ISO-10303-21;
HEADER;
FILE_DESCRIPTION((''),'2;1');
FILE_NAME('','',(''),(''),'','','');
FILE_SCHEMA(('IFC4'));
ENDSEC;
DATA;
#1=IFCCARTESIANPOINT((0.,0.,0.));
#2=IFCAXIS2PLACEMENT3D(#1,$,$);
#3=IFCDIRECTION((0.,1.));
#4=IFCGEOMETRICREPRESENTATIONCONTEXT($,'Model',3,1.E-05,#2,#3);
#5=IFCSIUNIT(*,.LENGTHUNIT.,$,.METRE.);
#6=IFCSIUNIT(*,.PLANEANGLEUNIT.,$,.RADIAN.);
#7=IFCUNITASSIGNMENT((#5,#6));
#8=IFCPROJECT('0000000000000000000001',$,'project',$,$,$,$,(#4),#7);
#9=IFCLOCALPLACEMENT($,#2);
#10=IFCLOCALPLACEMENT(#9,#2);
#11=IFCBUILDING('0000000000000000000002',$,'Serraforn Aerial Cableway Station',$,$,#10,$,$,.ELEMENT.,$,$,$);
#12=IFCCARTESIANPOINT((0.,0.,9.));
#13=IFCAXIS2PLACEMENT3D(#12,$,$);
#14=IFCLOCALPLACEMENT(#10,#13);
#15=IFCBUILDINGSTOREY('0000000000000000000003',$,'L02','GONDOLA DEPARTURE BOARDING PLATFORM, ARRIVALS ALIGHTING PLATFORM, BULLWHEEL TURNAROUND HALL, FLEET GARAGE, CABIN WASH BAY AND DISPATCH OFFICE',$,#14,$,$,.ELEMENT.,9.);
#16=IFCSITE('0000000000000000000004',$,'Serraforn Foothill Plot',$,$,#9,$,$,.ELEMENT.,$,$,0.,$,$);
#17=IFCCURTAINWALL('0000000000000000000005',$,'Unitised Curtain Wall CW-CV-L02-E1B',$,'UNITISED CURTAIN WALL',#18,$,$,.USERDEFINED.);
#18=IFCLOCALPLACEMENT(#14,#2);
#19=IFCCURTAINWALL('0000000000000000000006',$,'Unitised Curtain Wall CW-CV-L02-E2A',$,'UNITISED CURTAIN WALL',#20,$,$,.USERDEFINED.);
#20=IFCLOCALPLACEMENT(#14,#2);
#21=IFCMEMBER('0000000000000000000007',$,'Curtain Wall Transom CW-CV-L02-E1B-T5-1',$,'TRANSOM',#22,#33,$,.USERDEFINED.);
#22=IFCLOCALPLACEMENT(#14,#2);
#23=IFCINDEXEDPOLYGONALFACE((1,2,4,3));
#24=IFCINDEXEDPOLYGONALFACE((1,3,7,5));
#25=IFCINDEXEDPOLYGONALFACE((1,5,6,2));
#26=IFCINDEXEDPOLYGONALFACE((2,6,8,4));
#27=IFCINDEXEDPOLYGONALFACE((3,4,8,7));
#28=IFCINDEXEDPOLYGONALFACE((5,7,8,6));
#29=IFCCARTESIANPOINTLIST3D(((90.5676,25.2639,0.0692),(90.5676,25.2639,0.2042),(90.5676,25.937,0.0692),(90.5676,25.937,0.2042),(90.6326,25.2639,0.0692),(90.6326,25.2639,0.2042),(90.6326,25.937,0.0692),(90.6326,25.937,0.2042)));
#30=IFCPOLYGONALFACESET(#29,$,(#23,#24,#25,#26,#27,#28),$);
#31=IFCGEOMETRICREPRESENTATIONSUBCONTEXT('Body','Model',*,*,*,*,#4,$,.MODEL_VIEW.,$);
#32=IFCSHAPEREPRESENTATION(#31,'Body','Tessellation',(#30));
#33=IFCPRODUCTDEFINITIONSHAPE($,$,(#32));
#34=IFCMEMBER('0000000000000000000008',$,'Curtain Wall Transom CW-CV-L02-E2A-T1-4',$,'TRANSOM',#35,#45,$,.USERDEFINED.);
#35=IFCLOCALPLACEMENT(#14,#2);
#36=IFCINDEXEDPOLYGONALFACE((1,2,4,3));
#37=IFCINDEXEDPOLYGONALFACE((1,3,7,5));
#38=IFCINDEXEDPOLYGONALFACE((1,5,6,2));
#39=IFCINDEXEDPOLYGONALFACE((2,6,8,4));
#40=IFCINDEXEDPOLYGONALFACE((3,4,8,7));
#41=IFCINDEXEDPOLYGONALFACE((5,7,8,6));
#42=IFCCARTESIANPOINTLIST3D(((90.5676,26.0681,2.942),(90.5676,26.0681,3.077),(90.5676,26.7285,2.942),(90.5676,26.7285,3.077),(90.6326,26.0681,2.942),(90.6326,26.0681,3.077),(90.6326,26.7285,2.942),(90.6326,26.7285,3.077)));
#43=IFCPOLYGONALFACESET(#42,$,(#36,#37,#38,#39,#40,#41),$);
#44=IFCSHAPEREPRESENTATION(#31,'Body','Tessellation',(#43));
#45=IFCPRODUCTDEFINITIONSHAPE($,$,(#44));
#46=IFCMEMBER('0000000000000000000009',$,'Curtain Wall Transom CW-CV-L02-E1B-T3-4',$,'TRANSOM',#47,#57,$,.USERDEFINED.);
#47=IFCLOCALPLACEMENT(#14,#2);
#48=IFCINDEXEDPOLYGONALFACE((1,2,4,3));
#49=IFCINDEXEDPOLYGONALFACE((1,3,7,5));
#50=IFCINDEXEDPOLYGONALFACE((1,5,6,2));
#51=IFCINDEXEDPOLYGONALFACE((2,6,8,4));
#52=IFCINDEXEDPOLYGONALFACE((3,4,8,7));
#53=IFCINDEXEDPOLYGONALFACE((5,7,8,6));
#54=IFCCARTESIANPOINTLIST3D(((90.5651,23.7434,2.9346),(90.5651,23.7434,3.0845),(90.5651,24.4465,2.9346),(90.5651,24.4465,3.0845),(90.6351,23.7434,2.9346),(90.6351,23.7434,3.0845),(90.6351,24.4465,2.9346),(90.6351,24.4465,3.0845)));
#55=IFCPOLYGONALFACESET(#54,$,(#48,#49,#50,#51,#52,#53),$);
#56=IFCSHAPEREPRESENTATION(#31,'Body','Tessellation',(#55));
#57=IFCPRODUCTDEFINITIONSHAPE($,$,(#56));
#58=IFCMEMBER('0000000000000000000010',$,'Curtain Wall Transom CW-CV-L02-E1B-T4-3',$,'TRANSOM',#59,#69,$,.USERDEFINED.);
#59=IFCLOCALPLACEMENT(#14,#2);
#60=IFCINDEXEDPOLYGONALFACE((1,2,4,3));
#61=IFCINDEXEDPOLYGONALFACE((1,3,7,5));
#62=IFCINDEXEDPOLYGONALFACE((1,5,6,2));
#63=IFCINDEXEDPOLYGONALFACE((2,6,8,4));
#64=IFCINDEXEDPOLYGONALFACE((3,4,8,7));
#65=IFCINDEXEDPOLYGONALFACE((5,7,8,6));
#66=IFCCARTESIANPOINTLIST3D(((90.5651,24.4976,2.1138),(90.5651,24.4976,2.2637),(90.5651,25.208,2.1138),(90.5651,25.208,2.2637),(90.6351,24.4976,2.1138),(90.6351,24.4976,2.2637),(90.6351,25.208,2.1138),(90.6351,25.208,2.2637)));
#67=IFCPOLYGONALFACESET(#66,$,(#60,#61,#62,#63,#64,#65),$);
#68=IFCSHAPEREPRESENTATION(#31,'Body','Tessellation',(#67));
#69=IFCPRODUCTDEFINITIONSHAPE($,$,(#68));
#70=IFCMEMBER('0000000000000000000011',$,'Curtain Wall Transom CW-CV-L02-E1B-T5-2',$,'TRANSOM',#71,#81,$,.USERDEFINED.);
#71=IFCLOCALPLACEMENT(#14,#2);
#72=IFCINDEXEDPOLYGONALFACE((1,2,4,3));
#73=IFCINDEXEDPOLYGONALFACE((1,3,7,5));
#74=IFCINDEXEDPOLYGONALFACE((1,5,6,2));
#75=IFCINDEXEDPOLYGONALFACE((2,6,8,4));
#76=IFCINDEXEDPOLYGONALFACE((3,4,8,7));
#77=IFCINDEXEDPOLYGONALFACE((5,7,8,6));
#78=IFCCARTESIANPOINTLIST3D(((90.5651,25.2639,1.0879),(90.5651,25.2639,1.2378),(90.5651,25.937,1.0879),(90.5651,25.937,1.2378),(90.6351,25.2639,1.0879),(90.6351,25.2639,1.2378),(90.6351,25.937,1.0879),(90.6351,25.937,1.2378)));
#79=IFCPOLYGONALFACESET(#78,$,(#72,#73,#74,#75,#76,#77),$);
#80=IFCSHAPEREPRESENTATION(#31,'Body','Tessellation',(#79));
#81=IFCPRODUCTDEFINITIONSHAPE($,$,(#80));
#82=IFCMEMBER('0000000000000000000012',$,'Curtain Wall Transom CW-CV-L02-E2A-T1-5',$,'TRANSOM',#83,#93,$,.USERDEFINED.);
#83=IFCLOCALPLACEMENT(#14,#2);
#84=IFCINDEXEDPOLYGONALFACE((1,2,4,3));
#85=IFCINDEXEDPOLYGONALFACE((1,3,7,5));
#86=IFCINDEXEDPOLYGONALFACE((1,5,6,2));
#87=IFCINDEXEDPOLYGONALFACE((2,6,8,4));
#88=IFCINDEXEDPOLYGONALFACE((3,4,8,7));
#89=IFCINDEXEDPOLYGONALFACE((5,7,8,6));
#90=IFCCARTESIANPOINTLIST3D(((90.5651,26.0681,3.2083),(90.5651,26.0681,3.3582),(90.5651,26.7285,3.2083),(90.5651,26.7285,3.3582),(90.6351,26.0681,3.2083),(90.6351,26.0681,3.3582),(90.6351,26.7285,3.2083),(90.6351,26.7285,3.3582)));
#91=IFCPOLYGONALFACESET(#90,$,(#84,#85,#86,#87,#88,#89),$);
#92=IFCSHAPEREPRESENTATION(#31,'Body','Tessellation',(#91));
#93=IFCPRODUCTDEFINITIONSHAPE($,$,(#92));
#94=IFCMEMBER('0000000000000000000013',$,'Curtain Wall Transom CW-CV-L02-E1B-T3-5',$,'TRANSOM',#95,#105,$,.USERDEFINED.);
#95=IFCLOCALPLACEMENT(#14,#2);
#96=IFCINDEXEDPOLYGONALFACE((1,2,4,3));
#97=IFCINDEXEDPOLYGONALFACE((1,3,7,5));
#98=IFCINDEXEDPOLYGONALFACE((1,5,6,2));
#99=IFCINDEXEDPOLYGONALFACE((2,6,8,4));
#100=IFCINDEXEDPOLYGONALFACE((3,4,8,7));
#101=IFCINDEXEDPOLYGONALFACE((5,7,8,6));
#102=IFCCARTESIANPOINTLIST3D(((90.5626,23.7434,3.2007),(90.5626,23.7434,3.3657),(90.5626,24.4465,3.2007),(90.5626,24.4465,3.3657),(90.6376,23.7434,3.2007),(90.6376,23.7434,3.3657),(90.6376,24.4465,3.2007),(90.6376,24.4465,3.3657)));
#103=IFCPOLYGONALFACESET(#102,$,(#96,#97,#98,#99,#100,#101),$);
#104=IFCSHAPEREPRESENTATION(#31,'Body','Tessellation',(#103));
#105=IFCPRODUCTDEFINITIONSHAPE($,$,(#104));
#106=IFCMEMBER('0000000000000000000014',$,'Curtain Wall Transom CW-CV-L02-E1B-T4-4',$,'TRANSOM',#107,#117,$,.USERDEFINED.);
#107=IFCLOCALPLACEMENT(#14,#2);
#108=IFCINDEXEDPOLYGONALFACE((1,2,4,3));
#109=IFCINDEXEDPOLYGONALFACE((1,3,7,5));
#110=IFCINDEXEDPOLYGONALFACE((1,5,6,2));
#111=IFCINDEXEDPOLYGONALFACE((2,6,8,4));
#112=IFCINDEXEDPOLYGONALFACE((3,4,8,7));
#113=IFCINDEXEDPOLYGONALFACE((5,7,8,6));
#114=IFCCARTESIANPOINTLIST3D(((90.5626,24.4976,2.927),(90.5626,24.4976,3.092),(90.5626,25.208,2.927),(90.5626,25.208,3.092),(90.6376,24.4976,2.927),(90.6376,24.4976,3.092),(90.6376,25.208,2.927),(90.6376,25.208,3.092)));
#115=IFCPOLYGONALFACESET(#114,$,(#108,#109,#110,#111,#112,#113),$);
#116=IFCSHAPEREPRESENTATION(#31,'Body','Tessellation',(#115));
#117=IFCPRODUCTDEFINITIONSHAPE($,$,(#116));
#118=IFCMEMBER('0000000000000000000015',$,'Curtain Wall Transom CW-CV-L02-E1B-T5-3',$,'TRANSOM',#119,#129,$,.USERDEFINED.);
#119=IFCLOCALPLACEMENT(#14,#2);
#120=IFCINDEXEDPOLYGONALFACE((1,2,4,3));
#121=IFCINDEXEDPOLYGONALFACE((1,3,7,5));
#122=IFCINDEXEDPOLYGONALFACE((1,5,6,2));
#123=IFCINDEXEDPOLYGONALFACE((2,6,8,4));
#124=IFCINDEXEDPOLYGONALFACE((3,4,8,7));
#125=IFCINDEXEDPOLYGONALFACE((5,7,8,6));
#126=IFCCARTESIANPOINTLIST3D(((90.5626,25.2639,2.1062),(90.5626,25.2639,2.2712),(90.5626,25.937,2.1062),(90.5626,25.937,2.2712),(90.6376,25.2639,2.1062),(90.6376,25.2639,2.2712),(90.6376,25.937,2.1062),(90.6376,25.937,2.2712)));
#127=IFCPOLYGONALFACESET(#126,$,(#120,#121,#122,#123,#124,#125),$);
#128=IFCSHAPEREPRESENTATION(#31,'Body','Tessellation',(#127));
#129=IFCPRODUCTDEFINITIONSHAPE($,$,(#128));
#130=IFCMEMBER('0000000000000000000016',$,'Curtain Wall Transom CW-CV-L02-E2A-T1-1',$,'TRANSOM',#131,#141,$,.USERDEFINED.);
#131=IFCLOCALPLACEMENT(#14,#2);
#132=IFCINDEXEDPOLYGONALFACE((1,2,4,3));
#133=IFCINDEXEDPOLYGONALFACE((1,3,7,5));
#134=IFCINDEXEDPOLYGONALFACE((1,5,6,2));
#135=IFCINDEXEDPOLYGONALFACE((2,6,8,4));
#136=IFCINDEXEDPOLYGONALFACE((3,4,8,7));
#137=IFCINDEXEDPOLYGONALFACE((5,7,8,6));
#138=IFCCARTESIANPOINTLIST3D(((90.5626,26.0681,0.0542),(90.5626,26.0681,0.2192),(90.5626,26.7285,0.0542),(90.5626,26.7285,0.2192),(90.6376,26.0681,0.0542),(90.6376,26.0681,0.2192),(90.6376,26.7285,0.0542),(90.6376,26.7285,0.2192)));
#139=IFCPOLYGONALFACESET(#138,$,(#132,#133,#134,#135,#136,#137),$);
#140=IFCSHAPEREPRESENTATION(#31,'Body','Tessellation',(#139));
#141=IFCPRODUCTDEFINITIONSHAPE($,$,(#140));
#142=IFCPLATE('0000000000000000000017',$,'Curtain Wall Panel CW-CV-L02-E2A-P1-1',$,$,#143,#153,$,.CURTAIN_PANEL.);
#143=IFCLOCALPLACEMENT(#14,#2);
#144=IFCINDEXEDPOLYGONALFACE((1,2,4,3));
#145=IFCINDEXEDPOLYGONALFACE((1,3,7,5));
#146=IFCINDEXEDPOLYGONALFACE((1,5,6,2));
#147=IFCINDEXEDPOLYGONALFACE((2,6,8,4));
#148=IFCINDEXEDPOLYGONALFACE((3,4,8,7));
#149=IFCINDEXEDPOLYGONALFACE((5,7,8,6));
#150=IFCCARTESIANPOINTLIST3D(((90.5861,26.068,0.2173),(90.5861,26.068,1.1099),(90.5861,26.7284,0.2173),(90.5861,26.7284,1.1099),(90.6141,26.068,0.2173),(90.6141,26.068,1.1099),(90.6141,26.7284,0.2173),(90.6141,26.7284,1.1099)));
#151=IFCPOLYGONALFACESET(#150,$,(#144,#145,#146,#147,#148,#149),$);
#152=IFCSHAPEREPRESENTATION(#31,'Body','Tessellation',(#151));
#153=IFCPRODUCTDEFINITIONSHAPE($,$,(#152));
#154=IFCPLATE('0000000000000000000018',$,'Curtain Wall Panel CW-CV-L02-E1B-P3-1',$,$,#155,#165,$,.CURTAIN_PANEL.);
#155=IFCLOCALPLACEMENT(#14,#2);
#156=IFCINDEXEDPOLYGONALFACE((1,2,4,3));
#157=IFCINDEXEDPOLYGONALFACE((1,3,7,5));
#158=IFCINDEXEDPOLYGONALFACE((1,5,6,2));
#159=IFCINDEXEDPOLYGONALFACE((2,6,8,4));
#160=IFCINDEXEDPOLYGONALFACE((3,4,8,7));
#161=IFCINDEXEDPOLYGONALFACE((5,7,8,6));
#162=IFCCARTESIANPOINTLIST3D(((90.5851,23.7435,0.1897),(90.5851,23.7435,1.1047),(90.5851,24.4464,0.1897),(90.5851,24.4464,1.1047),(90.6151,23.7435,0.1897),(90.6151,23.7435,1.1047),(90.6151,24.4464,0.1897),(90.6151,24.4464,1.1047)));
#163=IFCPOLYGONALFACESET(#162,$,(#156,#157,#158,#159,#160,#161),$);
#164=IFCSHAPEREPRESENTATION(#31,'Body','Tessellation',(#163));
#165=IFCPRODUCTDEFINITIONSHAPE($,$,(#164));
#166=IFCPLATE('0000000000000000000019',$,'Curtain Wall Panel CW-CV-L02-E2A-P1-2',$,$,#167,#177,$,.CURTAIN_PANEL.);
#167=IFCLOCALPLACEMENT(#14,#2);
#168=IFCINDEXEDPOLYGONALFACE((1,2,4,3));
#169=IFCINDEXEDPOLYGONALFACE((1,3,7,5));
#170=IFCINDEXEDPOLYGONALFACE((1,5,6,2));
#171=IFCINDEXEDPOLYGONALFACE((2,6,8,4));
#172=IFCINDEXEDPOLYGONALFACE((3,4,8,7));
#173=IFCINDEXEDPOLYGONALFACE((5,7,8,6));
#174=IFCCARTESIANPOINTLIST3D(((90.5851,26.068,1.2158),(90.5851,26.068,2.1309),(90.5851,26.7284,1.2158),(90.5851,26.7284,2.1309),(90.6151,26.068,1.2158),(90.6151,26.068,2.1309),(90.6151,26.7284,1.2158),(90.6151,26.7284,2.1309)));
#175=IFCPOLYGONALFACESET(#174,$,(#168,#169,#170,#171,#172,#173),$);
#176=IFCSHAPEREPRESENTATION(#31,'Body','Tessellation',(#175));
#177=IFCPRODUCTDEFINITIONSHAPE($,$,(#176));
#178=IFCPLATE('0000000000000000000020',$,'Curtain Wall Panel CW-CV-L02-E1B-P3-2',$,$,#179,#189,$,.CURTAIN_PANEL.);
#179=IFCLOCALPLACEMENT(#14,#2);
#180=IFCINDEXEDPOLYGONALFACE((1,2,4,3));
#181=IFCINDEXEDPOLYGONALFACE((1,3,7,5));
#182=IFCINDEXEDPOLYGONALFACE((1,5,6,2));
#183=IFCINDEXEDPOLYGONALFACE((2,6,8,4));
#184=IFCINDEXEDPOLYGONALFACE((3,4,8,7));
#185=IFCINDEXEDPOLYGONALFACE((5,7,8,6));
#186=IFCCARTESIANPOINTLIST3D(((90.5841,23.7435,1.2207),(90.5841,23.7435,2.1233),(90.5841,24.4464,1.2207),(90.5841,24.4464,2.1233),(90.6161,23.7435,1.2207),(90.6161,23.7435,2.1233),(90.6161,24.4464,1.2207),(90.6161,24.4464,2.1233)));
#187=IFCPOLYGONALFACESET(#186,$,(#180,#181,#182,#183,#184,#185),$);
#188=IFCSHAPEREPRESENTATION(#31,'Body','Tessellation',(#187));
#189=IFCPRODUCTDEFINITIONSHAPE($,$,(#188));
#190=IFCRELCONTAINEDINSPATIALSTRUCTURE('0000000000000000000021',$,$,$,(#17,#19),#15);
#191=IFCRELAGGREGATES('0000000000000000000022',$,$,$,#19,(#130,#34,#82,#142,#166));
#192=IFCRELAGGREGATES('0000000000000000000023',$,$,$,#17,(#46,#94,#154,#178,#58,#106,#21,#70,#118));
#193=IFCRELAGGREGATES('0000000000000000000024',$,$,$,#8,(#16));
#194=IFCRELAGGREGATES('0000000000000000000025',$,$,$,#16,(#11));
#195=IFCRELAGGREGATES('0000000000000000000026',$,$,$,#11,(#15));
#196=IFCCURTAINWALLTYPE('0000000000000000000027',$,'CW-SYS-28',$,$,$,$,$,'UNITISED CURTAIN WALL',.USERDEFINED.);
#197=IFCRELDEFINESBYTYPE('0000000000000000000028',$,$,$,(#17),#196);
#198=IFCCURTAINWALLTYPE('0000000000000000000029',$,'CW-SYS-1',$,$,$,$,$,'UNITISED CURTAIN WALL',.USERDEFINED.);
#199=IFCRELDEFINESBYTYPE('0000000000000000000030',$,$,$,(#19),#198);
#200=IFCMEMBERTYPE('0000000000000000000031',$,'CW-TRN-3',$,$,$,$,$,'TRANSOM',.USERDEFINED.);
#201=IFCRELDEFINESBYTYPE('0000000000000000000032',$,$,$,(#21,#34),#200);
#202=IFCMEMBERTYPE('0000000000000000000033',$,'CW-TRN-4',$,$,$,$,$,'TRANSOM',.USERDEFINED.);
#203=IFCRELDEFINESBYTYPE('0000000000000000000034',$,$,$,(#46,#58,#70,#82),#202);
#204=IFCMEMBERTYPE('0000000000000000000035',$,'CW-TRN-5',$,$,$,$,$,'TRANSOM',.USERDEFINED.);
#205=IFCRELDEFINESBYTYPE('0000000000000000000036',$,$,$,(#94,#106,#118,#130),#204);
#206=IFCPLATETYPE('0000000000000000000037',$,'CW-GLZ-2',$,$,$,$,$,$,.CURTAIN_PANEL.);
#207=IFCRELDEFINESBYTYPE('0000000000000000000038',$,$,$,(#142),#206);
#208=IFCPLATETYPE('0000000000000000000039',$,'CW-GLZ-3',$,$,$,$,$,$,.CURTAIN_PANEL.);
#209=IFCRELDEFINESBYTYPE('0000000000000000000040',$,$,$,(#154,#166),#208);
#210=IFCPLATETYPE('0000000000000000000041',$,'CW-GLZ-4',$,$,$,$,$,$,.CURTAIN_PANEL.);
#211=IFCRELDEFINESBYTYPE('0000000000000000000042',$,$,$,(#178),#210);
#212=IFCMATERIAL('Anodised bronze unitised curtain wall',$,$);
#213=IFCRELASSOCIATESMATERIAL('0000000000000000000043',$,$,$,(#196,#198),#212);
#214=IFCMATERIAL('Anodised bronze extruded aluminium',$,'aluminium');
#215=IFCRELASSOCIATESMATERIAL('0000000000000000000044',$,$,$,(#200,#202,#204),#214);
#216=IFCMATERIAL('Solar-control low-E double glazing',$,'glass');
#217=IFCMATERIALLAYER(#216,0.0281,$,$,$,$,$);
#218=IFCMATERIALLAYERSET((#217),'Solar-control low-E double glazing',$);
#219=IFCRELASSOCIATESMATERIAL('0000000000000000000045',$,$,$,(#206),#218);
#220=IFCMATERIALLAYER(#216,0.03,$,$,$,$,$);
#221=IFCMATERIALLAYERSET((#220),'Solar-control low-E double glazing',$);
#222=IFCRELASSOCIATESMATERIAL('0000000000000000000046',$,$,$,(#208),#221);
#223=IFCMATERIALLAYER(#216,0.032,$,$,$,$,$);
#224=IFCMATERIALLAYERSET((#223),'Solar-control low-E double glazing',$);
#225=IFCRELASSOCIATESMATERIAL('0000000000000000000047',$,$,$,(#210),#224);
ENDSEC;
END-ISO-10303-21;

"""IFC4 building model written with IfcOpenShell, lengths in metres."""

from ifc_helpers import new_model, si_unit, direction, frame, origin, origin_2d, place, context, subcontext, project, spatial, rectangle, extrude, material, layer, layer_set, material_profile, profile_set, type_object, element, aggregate, save


model = new_model("IFC4")

# Units and contexts
model_context = context("Model", 3, precision=1e-05, world=origin(), true_north=direction((0.0, 1.0)))
body_context = subcontext(model_context, "Body", "Model", "MODEL_VIEW")
ifc_project = project(units=[si_unit("LENGTHUNIT", "METRE"), si_unit("PLANEANGLEUNIT", "RADIAN")], contexts=[model_context])

# Site, building, storey
site_placement = place(None, origin())
site = spatial("IfcSite", under=ifc_project, at=site_placement, Name="Serraforn Foothill Plot", CompositionType="ELEMENT", RefElevation=0.0)
building_placement = place(site_placement, origin())
building = spatial("IfcBuilding", under=site, at=building_placement, Name="Serraforn Aerial Cableway Station", CompositionType="ELEMENT")
storey_placement = place(building_placement, frame((0.0, 0.0, 9.0)))
storey = spatial("IfcBuildingStorey", under=building, at=storey_placement, Name="L02", Description="GONDOLA DEPARTURE BOARDING PLATFORM, ARRIVALS ALIGHTING PLATFORM, BULLWHEEL TURNAROUND HALL, FLEET GARAGE, CABIN WASH BAY AND DISPATCH OFFICE", CompositionType="ELEMENT", Elevation=9.0)

# Curtain wall
ifc_material_1 = material(Name="Anodised bronze unitised curtain wall")
curtain_wall_type_1 = type_object("IfcCurtainWallType", Name="CW-SYS-28", ElementType="UNITISED CURTAIN WALL", PredefinedType="USERDEFINED", material=ifc_material_1)
curtain_wall_1_placement = place(storey_placement, origin())
curtain_wall_1 = element("IfcCurtainWall", 1, at=curtain_wall_1_placement, inside=storey, type_object=curtain_wall_type_1, Name="Unitised Curtain Wall CW-CV-L02-E1B", ObjectType="UNITISED CURTAIN WALL", PredefinedType="USERDEFINED")
ifc_material_2 = material(Name="Anodised bronze extruded aluminium", Category="aluminium")

# Curtain wall
curtain_wall_type_2 = type_object("IfcCurtainWallType", Name="CW-SYS-1", ElementType="UNITISED CURTAIN WALL", PredefinedType="USERDEFINED", material=ifc_material_1)
curtain_wall_2_placement = place(storey_placement, origin())
curtain_wall_2 = element("IfcCurtainWall", 2, at=curtain_wall_2_placement, inside=storey, type_object=curtain_wall_type_2, Name="Unitised Curtain Wall CW-CV-L02-E2A", ObjectType="UNITISED CURTAIN WALL", PredefinedType="USERDEFINED")

# Members
ifc_material_profile_1 = material_profile(ifc_material_2, rectangle(XDim=0.0649, YDim=0.135, at=origin_2d()), Name="CW TRANSOM 65x135")
ifc_profile_set_1 = profile_set([ifc_material_profile_1], Name="Anodised bronze extruded aluminium")
member_type_1 = type_object("IfcMemberType", Name="CW-TRN-3", ElementType="TRANSOM", PredefinedType="USERDEFINED", material=ifc_profile_set_1)
member_1_placement = place(storey_placement, frame((90.6001, 25.2639, 0.1367), z_axis=(0.0, 1.0, 0.0), x_axis=(-1.0, 0.0, 0.0)))
member_1 = element("IfcMember", 3, at=member_1_placement, type_object=member_type_1, Name="Curtain Wall Transom CW-CV-L02-E1B-T5-1", ObjectType="TRANSOM", PredefinedType="USERDEFINED", context=body_context, shape_type="SweptSolid", body=[
    extrude(rectangle(XDim=0.0649, YDim=0.135, at=origin_2d()), origin(), (0.0, 0.0, 1.0), 0.6731),
])
member_2_placement = place(storey_placement, frame((90.6001, 26.0681, 3.0095), z_axis=(0.0, 1.0, 0.0), x_axis=(-1.0, 0.0, 0.0)))
member_2 = element("IfcMember", 4, at=member_2_placement, type_object=member_type_1, Name="Curtain Wall Transom CW-CV-L02-E2A-T1-4", ObjectType="TRANSOM", PredefinedType="USERDEFINED", context=body_context, shape_type="SweptSolid", body=[
    extrude(rectangle(XDim=0.0649, YDim=0.135, at=origin_2d()), origin(), (0.0, 0.0, 1.0), 0.6604),
])
ifc_material_profile_2 = material_profile(ifc_material_2, rectangle(XDim=0.0701, YDim=0.1499, at=origin_2d()), Name="CW TRANSOM 70x150")
ifc_profile_set_2 = profile_set([ifc_material_profile_2], Name="Anodised bronze extruded aluminium")
member_type_2 = type_object("IfcMemberType", Name="CW-TRN-4", ElementType="TRANSOM", PredefinedType="USERDEFINED", material=ifc_profile_set_2)
member_3_placement = place(storey_placement, frame((90.6001, 23.7434, 3.0095), z_axis=(0.0, 1.0, 0.0), x_axis=(-1.0, 0.0, 0.0)))
member_3 = element("IfcMember", 5, at=member_3_placement, type_object=member_type_2, Name="Curtain Wall Transom CW-CV-L02-E1B-T3-4", ObjectType="TRANSOM", PredefinedType="USERDEFINED", context=body_context, shape_type="SweptSolid", body=[
    extrude(rectangle(XDim=0.0701, YDim=0.1499, at=origin_2d()), origin(), (0.0, 0.0, 1.0), 0.7031),
])
member_4_placement = place(storey_placement, frame((90.6001, 24.4976, 2.1887), z_axis=(0.0, 1.0, 0.0), x_axis=(-1.0, 0.0, 0.0)))
member_4 = element("IfcMember", 6, at=member_4_placement, type_object=member_type_2, Name="Curtain Wall Transom CW-CV-L02-E1B-T4-3", ObjectType="TRANSOM", PredefinedType="USERDEFINED", context=body_context, shape_type="SweptSolid", body=[
    extrude(rectangle(XDim=0.0701, YDim=0.1499, at=origin_2d()), origin(), (0.0, 0.0, 1.0), 0.7104),
])
member_5_placement = place(storey_placement, frame((90.6001, 25.2639, 1.1628), z_axis=(0.0, 1.0, 0.0), x_axis=(-1.0, 0.0, 0.0)))
member_5 = element("IfcMember", 7, at=member_5_placement, type_object=member_type_2, Name="Curtain Wall Transom CW-CV-L02-E1B-T5-2", ObjectType="TRANSOM", PredefinedType="USERDEFINED", context=body_context, shape_type="SweptSolid", body=[
    extrude(rectangle(XDim=0.0701, YDim=0.1499, at=origin_2d()), origin(), (0.0, 0.0, 1.0), 0.6731),
])
member_6_placement = place(storey_placement, frame((90.6001, 26.0681, 3.2832), z_axis=(0.0, 1.0, 0.0), x_axis=(-1.0, 0.0, 0.0)))
member_6 = element("IfcMember", 8, at=member_6_placement, type_object=member_type_2, Name="Curtain Wall Transom CW-CV-L02-E2A-T1-5", ObjectType="TRANSOM", PredefinedType="USERDEFINED", context=body_context, shape_type="SweptSolid", body=[
    extrude(rectangle(XDim=0.0701, YDim=0.1499, at=origin_2d()), origin(), (0.0, 0.0, 1.0), 0.6604),
])
ifc_material_profile_3 = material_profile(ifc_material_2, rectangle(XDim=0.075, YDim=0.165, at=origin_2d()), Name="CW TRANSOM 75x165")
ifc_profile_set_3 = profile_set([ifc_material_profile_3], Name="Anodised bronze extruded aluminium")
member_type_3 = type_object("IfcMemberType", Name="CW-TRN-5", ElementType="TRANSOM", PredefinedType="USERDEFINED", material=ifc_profile_set_3)
member_7_placement = place(storey_placement, frame((90.6001, 23.7434, 3.2832), z_axis=(0.0, 1.0, 0.0), x_axis=(-1.0, 0.0, 0.0)))
member_7 = element("IfcMember", 9, at=member_7_placement, type_object=member_type_3, Name="Curtain Wall Transom CW-CV-L02-E1B-T3-5", ObjectType="TRANSOM", PredefinedType="USERDEFINED", context=body_context, shape_type="SweptSolid", body=[
    extrude(rectangle(XDim=0.075, YDim=0.165, at=origin_2d()), origin(), (0.0, 0.0, 1.0), 0.7031),
])
member_8_placement = place(storey_placement, frame((90.6001, 24.4976, 3.0095), z_axis=(0.0, 1.0, 0.0), x_axis=(-1.0, 0.0, 0.0)))
member_8 = element("IfcMember", 10, at=member_8_placement, type_object=member_type_3, Name="Curtain Wall Transom CW-CV-L02-E1B-T4-4", ObjectType="TRANSOM", PredefinedType="USERDEFINED", context=body_context, shape_type="SweptSolid", body=[
    extrude(rectangle(XDim=0.075, YDim=0.165, at=origin_2d()), origin(), (0.0, 0.0, 1.0), 0.7104),
])
member_9_placement = place(storey_placement, frame((90.6001, 25.2639, 2.1887), z_axis=(0.0, 1.0, 0.0), x_axis=(-1.0, 0.0, 0.0)))
member_9 = element("IfcMember", 11, at=member_9_placement, type_object=member_type_3, Name="Curtain Wall Transom CW-CV-L02-E1B-T5-3", ObjectType="TRANSOM", PredefinedType="USERDEFINED", context=body_context, shape_type="SweptSolid", body=[
    extrude(rectangle(XDim=0.075, YDim=0.165, at=origin_2d()), origin(), (0.0, 0.0, 1.0), 0.6731),
])
member_10_placement = place(storey_placement, frame((90.6001, 26.0681, 0.1367), z_axis=(0.0, 1.0, 0.0), x_axis=(-1.0, 0.0, 0.0)))
member_10 = element("IfcMember", 12, at=member_10_placement, type_object=member_type_3, Name="Curtain Wall Transom CW-CV-L02-E2A-T1-1", ObjectType="TRANSOM", PredefinedType="USERDEFINED", context=body_context, shape_type="SweptSolid", body=[
    extrude(rectangle(XDim=0.075, YDim=0.165, at=origin_2d()), origin(), (0.0, 0.0, 1.0), 0.6604),
])

# Plates
ifc_material_3 = material(Name="Solar-control low-E double glazing", Category="glass")
ifc_layer_1 = layer(ifc_material_3, 0.0281)
ifc_layer_set_1 = layer_set([ifc_layer_1], Name="Solar-control low-E double glazing")
plate_type_1 = type_object("IfcPlateType", Name="CW-GLZ-2", PredefinedType="CURTAIN_PANEL", material=ifc_layer_set_1)
plate_1_placement = place(storey_placement, frame((90.6001, 26.3982, 0.2173), z_axis=(0.0, 0.0, 1.0), x_axis=(1.0, 0.0, 0.0)))
plate_1 = element("IfcPlate", 13, at=plate_1_placement, type_object=plate_type_1, Name="Curtain Wall Panel CW-CV-L02-E2A-P1-1", PredefinedType="CURTAIN_PANEL", context=body_context, shape_type="SweptSolid", body=[
    extrude(rectangle(XDim=0.0281, YDim=0.6604, at=origin_2d()), origin(), (0.0, 0.0, 1.0), 0.8926),
])
ifc_layer_2 = layer(ifc_material_3, 0.03)
ifc_layer_set_2 = layer_set([ifc_layer_2], Name="Solar-control low-E double glazing")
plate_type_2 = type_object("IfcPlateType", Name="CW-GLZ-3", PredefinedType="CURTAIN_PANEL", material=ifc_layer_set_2)
plate_2_placement = place(storey_placement, frame((90.6001, 24.095, 0.1897), z_axis=(0.0, 0.0, 1.0), x_axis=(1.0, 0.0, 0.0)))
plate_2 = element("IfcPlate", 14, at=plate_2_placement, type_object=plate_type_2, Name="Curtain Wall Panel CW-CV-L02-E1B-P3-1", PredefinedType="CURTAIN_PANEL", context=body_context, shape_type="SweptSolid", body=[
    extrude(rectangle(XDim=0.03, YDim=0.7029, at=origin_2d()), origin(), (0.0, 0.0, 1.0), 0.915),
])
plate_3_placement = place(storey_placement, frame((90.6001, 26.3982, 1.2158), z_axis=(0.0, 0.0, 1.0), x_axis=(1.0, 0.0, 0.0)))
plate_3 = element("IfcPlate", 15, at=plate_3_placement, type_object=plate_type_2, Name="Curtain Wall Panel CW-CV-L02-E2A-P1-2", PredefinedType="CURTAIN_PANEL", context=body_context, shape_type="SweptSolid", body=[
    extrude(rectangle(XDim=0.03, YDim=0.6604, at=origin_2d()), origin(), (0.0, 0.0, 1.0), 0.915),
])
aggregate(curtain_wall_2, [member_10, member_2, member_6, plate_1, plate_3])
ifc_layer_3 = layer(ifc_material_3, 0.032)
ifc_layer_set_3 = layer_set([ifc_layer_3], Name="Solar-control low-E double glazing")
plate_type_3 = type_object("IfcPlateType", Name="CW-GLZ-4", PredefinedType="CURTAIN_PANEL", material=ifc_layer_set_3)
plate_4_placement = place(storey_placement, frame((90.6001, 24.095, 1.2207), z_axis=(0.0, 0.0, 1.0), x_axis=(1.0, 0.0, 0.0)))
plate_4 = element("IfcPlate", 16, at=plate_4_placement, type_object=plate_type_3, Name="Curtain Wall Panel CW-CV-L02-E1B-P3-2", PredefinedType="CURTAIN_PANEL", context=body_context, shape_type="SweptSolid", body=[
    extrude(rectangle(XDim=0.032, YDim=0.7029, at=origin_2d()), origin(), (0.0, 0.0, 1.0), 0.9026),
])
aggregate(curtain_wall_1, [member_3, member_7, plate_2, plate_4, member_4, member_8, member_1, member_5, member_9])

save(model, "model.ifc")
